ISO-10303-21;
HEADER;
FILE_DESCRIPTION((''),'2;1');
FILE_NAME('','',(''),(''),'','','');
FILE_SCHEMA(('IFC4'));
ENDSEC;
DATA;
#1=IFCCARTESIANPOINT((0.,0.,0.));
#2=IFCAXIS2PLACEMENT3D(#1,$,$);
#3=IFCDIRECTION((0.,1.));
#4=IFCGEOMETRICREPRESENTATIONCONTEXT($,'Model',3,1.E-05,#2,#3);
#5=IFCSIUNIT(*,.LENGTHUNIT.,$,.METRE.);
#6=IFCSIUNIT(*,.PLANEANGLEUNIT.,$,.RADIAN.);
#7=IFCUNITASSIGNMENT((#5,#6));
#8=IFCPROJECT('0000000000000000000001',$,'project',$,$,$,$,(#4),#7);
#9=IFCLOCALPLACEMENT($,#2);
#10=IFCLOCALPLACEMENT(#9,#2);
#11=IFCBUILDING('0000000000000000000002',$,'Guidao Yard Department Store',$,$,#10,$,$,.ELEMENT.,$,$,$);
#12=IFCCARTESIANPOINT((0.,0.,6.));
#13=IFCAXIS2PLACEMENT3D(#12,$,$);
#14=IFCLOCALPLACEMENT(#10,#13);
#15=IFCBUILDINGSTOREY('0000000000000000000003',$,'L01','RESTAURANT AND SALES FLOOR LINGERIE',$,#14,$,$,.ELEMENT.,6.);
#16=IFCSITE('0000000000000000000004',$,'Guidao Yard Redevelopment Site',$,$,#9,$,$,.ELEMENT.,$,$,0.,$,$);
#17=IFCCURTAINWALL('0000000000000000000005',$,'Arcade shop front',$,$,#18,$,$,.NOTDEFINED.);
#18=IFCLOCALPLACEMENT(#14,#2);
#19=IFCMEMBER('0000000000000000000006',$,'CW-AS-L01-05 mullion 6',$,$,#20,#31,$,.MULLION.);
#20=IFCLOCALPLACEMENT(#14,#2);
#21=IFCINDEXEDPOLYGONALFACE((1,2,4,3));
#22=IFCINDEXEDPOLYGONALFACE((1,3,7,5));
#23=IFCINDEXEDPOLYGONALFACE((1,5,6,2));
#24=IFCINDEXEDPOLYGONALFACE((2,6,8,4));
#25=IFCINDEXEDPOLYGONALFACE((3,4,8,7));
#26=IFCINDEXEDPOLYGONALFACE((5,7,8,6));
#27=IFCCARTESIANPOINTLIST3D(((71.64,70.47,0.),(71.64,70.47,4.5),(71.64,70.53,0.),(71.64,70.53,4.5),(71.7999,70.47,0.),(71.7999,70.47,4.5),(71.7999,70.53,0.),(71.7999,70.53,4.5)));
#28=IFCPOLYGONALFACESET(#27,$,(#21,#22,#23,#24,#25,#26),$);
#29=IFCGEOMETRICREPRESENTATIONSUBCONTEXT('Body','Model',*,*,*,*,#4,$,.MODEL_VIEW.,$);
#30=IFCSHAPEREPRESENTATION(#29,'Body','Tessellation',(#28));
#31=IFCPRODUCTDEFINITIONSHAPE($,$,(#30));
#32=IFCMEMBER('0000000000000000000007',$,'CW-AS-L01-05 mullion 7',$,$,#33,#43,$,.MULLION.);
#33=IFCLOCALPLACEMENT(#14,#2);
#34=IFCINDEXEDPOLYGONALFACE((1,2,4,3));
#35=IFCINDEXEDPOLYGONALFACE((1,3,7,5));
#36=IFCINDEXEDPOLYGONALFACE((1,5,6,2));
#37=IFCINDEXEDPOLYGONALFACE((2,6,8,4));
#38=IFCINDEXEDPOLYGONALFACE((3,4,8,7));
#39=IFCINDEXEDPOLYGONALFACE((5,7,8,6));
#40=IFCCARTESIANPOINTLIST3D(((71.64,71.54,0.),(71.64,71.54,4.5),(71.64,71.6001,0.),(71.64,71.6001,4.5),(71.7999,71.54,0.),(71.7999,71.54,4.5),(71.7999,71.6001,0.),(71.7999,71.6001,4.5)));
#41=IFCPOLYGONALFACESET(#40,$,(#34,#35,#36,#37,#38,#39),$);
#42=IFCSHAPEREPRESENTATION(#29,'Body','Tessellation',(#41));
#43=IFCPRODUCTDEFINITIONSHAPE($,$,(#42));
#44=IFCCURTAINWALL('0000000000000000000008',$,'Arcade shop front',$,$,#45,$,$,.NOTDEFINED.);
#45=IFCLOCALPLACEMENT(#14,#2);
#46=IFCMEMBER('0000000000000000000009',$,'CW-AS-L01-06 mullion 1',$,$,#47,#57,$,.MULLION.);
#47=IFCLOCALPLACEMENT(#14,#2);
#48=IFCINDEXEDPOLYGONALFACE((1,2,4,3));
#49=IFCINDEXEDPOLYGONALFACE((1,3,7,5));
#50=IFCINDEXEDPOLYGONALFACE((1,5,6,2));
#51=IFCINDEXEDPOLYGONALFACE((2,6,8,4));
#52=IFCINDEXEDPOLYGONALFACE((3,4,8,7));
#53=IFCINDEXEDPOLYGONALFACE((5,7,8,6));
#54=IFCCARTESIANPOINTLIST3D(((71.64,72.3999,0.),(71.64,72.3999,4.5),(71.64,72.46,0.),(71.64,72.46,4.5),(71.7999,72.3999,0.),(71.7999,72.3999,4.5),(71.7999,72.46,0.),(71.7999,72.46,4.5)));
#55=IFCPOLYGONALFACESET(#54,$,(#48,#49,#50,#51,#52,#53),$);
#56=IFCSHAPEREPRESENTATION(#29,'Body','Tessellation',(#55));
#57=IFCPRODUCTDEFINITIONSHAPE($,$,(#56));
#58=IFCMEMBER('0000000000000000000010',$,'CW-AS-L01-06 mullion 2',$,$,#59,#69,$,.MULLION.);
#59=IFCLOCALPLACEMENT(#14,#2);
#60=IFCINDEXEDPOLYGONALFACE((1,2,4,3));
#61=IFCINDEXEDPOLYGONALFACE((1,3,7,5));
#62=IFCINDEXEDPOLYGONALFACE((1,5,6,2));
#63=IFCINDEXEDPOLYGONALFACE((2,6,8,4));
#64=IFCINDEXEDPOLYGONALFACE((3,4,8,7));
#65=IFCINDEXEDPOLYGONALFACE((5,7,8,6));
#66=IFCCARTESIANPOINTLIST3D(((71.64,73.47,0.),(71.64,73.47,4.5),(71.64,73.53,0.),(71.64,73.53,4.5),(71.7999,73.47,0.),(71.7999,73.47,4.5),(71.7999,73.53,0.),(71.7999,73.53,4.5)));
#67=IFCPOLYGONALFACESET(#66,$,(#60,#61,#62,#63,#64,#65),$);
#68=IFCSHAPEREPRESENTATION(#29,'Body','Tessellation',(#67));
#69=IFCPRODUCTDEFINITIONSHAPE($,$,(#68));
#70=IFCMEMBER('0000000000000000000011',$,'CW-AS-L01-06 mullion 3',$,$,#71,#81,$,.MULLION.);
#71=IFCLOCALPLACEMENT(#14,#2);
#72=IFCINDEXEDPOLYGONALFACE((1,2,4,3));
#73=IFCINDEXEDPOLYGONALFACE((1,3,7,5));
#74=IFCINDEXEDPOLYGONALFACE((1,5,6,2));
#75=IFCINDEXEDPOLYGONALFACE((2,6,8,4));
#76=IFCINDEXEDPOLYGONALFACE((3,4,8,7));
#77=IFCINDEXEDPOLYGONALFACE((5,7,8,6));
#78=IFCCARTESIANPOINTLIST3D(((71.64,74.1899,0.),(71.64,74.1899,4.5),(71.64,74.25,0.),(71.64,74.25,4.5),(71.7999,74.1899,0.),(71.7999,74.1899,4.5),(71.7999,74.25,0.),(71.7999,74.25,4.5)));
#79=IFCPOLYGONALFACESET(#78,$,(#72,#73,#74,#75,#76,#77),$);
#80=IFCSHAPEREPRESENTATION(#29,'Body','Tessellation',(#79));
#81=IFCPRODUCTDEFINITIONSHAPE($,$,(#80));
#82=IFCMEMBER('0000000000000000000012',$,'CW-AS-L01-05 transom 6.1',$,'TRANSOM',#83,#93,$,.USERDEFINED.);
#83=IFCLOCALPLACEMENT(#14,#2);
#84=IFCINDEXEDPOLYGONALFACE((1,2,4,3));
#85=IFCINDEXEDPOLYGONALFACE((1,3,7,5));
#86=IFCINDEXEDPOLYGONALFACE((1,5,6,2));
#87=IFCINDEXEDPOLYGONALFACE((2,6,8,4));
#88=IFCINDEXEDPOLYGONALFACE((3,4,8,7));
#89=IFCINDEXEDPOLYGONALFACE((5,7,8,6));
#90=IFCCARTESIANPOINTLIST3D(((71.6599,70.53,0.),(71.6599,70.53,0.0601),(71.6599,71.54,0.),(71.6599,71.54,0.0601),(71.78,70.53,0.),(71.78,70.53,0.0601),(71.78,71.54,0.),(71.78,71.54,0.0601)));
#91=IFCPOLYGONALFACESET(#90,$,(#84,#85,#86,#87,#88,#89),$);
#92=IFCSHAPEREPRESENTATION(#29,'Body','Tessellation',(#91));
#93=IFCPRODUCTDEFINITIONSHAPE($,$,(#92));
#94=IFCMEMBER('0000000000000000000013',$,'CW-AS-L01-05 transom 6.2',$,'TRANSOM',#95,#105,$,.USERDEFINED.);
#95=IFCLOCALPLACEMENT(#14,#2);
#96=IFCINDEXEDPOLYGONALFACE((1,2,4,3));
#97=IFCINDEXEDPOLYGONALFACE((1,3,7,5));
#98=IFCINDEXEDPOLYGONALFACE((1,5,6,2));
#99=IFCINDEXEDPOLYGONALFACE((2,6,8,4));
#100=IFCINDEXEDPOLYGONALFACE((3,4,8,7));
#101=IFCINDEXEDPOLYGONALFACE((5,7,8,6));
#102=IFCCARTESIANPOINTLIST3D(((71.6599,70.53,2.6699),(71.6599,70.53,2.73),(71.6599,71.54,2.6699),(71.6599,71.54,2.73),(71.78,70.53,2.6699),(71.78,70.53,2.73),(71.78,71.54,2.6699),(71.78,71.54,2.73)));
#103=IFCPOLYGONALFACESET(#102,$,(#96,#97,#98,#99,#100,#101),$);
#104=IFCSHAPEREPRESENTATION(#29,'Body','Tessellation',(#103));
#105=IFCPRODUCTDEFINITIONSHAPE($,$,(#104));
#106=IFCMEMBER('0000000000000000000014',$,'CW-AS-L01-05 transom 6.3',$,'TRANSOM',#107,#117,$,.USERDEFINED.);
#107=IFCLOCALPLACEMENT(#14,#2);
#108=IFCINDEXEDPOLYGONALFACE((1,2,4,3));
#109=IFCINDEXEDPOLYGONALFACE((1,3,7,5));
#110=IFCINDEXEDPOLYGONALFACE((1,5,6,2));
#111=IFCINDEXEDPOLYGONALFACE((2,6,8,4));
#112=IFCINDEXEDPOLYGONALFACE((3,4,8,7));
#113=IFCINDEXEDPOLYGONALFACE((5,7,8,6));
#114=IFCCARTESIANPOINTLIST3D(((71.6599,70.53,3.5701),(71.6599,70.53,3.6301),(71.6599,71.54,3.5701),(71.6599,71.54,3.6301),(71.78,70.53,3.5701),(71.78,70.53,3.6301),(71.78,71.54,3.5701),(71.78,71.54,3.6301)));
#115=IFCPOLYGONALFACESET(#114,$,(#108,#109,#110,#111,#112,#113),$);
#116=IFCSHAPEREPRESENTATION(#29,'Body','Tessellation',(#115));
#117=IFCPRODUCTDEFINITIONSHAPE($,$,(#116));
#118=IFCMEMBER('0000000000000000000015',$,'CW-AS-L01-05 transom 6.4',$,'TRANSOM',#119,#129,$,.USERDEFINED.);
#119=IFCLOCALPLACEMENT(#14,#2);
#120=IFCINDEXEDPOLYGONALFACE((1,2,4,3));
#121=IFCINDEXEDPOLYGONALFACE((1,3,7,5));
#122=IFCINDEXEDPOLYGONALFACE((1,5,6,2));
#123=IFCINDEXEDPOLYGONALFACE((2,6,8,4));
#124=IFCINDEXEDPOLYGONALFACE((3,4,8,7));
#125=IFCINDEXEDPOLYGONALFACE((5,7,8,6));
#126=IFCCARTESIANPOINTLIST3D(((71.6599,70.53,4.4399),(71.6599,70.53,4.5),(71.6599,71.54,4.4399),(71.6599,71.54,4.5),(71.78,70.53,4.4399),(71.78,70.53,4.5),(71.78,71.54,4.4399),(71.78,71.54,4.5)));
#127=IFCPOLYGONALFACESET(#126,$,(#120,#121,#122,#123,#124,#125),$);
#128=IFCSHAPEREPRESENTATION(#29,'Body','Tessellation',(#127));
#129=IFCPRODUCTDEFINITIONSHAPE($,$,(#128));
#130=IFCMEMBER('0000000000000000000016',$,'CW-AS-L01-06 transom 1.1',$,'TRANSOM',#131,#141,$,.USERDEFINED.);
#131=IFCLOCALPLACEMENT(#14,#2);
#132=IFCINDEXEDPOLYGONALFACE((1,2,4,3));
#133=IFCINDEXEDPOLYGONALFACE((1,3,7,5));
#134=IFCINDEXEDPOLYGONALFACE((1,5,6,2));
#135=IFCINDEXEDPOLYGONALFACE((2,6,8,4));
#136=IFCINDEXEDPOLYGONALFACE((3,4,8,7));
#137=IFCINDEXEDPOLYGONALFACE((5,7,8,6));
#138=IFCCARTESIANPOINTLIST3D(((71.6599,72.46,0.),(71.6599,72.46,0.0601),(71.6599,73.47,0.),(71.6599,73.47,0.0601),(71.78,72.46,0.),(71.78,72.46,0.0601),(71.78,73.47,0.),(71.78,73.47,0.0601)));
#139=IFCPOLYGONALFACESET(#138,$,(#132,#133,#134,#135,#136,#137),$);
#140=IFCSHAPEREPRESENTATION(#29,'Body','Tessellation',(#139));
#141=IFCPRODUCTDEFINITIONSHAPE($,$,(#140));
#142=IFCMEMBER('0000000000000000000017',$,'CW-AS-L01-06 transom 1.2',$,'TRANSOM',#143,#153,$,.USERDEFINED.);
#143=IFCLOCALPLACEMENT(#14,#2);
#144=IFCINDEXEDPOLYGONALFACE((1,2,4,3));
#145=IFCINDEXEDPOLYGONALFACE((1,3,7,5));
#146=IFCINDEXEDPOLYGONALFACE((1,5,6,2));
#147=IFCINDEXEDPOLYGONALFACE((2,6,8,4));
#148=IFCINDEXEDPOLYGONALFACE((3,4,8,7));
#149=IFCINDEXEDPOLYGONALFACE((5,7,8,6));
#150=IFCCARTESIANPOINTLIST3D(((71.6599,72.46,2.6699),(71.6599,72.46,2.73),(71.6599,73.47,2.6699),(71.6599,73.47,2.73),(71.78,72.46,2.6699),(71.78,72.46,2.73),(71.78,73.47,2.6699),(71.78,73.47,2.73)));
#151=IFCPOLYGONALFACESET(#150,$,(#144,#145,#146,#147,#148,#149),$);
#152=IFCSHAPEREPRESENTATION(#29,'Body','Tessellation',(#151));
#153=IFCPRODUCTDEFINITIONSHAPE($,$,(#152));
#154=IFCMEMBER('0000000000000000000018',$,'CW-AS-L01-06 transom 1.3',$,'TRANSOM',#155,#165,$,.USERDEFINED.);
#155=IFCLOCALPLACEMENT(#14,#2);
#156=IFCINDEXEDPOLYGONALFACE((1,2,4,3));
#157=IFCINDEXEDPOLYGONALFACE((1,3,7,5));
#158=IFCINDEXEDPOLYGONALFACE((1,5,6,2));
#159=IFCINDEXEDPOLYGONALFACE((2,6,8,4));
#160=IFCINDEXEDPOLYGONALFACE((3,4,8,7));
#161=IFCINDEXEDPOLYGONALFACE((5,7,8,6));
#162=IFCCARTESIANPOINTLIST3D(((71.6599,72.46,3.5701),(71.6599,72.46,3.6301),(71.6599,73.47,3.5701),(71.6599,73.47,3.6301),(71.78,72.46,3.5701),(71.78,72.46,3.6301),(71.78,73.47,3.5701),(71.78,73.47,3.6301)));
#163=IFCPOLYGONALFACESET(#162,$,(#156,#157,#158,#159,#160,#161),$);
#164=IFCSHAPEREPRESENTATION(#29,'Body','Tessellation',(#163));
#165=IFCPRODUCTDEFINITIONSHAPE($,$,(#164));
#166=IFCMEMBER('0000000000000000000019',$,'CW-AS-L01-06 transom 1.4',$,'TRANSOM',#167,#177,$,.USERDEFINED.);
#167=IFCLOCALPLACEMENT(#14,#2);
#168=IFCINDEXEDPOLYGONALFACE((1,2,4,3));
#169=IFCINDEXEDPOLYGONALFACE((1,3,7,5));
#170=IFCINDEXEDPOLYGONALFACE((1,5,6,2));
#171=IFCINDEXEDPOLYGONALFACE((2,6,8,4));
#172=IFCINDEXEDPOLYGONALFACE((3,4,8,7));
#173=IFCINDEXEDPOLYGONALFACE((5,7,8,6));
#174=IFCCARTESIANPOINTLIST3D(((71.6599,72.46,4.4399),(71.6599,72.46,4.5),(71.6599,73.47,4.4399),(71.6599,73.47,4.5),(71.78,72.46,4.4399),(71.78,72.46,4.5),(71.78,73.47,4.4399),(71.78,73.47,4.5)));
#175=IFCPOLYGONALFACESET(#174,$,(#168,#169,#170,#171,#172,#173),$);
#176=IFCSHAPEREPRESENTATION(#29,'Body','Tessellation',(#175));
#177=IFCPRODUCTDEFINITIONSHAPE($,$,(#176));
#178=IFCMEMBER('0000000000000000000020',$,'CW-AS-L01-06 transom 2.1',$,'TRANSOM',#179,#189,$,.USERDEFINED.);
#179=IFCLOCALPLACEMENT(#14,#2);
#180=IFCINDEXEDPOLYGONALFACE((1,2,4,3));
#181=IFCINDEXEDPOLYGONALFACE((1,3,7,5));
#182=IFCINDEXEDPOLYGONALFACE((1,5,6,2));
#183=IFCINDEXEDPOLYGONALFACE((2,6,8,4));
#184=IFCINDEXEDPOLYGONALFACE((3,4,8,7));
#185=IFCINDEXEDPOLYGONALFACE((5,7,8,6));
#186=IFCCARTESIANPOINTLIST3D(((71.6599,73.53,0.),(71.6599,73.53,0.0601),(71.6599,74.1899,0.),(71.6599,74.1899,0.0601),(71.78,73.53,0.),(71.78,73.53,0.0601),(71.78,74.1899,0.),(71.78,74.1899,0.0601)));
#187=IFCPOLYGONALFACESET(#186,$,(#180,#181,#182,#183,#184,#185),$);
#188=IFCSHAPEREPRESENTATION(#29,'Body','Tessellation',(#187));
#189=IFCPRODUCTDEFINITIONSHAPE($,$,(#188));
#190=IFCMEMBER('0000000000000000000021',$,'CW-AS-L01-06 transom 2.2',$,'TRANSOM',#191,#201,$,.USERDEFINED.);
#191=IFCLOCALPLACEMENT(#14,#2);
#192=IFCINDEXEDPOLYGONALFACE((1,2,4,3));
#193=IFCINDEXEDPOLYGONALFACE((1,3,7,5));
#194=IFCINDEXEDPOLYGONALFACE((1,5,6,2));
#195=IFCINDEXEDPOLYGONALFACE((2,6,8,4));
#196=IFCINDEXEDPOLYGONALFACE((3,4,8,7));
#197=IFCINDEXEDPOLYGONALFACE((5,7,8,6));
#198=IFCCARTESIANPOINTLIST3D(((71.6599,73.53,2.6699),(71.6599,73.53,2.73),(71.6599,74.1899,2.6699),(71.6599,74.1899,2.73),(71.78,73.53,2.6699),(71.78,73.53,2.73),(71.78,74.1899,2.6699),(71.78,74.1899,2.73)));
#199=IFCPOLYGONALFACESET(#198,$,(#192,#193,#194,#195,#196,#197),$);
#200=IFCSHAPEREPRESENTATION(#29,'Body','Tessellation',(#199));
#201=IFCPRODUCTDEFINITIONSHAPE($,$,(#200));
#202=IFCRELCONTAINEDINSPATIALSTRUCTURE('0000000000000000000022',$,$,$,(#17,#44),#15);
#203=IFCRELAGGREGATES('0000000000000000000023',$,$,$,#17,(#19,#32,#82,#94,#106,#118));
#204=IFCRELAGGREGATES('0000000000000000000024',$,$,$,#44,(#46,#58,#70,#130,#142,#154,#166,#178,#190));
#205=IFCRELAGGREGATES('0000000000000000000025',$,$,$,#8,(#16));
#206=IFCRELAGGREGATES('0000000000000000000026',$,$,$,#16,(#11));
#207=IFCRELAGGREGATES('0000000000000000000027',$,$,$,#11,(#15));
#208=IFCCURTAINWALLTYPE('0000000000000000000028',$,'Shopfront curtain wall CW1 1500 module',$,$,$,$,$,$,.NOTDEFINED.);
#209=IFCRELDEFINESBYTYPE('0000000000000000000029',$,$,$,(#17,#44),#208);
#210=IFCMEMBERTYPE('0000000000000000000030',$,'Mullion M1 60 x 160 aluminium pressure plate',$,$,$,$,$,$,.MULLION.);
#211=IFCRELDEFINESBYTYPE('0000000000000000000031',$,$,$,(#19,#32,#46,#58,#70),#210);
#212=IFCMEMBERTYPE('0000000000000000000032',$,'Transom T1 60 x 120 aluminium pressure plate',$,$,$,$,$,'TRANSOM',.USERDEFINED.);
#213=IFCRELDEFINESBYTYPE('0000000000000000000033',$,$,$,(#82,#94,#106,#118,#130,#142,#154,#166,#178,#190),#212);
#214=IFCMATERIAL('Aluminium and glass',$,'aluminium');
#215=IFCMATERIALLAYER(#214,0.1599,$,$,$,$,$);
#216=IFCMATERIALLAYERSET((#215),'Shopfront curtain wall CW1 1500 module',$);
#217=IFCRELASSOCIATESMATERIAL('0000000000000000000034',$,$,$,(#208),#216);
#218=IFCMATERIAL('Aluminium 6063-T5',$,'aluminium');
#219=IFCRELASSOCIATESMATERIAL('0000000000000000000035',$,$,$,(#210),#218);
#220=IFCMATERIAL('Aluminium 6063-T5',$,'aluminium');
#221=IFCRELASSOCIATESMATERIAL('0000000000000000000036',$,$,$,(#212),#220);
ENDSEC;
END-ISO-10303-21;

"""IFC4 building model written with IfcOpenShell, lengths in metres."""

from ifc_helpers import new_model, si_unit, direction, frame, origin, origin_2d, place, context, subcontext, project, spatial, rectangle, extrude, material, layer, layer_set, material_profile, profile_set, type_object, element, aggregate, save


model = new_model("IFC4")

# Units and contexts
model_context = context("Model", 3, precision=1e-05, world=origin(), true_north=direction((0.0, 1.0)))
body_context = subcontext(model_context, "Body", "Model", "MODEL_VIEW")
ifc_project = project(units=[si_unit("LENGTHUNIT", "METRE"), si_unit("PLANEANGLEUNIT", "RADIAN")], contexts=[model_context])

# Site, building, storey
site_placement = place(None, origin())
site = spatial("IfcSite", under=ifc_project, at=site_placement, Name="Guidao Yard Redevelopment Site", CompositionType="ELEMENT", RefElevation=0.0)
building_placement = place(site_placement, origin())
building = spatial("IfcBuilding", under=site, at=building_placement, Name="Guidao Yard Department Store", CompositionType="ELEMENT")
storey_placement = place(building_placement, frame((0.0, 0.0, 6.0)))
storey = spatial("IfcBuildingStorey", under=building, at=storey_placement, Name="L01", Description="RESTAURANT AND SALES FLOOR LINGERIE", CompositionType="ELEMENT", Elevation=6.0)

# Curtain walls, members
ifc_material_1 = material(Name="Aluminium and glass", Category="aluminium")
ifc_layer_1 = layer(ifc_material_1, 0.1599)
ifc_layer_set_1 = layer_set([ifc_layer_1], Name="Shopfront curtain wall CW1 1500 module")
curtain_wall_type = type_object("IfcCurtainWallType", Name="Shopfront curtain wall CW1 1500 module", PredefinedType="NOTDEFINED", material=ifc_layer_set_1)
curtain_wall_1_placement = place(storey_placement, origin())
curtain_wall_1 = element("IfcCurtainWall", 1, at=curtain_wall_1_placement, inside=storey, type_object=curtain_wall_type, Name="Arcade shop front", PredefinedType="NOTDEFINED")
ifc_material_2 = material(Name="Aluminium 6063-T5", Category="aluminium")
ifc_material_profile_1 = material_profile(ifc_material_2, rectangle(XDim=0.0601, YDim=0.1599, at=origin_2d()), Name="Mullion M1 60 x 160 aluminium pressure plate")
ifc_profile_set_1 = profile_set([ifc_material_profile_1], Name="Aluminium 6063-T5")
member_type_1 = type_object("IfcMemberType", Name="Mullion M1 60 x 160 aluminium pressure plate", PredefinedType="MULLION", material=ifc_profile_set_1)
member_1_placement = place(storey_placement, frame((71.72, 70.5, 0.0), z_axis=(0.0, 0.0, 1.0), x_axis=(0.0, 1.0, 0.0)))
member_1 = element("IfcMember", 2, at=member_1_placement, type_object=member_type_1, Name="CW-AS-L01-05 mullion 6", PredefinedType="MULLION", context=body_context, shape_type="SweptSolid", body=[
    extrude(rectangle(XDim=0.0601, YDim=0.1599, at=origin_2d()), origin(), (0.0, 0.0, 1.0), 4.5),
])
member_2_placement = place(storey_placement, frame((71.72, 71.5701, 0.0), z_axis=(0.0, 0.0, 1.0), x_axis=(0.0, 1.0, 0.0)))
member_2 = element("IfcMember", 3, at=member_2_placement, type_object=member_type_1, Name="CW-AS-L01-05 mullion 7", PredefinedType="MULLION", context=body_context, shape_type="SweptSolid", body=[
    extrude(rectangle(XDim=0.0601, YDim=0.1599, at=origin_2d()), origin(), (0.0, 0.0, 1.0), 4.5),
])
curtain_wall_2_placement = place(storey_placement, origin())
curtain_wall_2 = element("IfcCurtainWall", 4, at=curtain_wall_2_placement, inside=storey, type_object=curtain_wall_type, Name="Arcade shop front", PredefinedType="NOTDEFINED")
member_3_placement = place(storey_placement, frame((71.72, 72.4299, 0.0), z_axis=(0.0, 0.0, 1.0), x_axis=(0.0, 1.0, 0.0)))
member_3 = element("IfcMember", 5, at=member_3_placement, type_object=member_type_1, Name="CW-AS-L01-06 mullion 1", PredefinedType="MULLION", context=body_context, shape_type="SweptSolid", body=[
    extrude(rectangle(XDim=0.0601, YDim=0.1599, at=origin_2d()), origin(), (0.0, 0.0, 1.0), 4.5),
])
member_4_placement = place(storey_placement, frame((71.72, 73.5, 0.0), z_axis=(0.0, 0.0, 1.0), x_axis=(0.0, 1.0, 0.0)))
member_4 = element("IfcMember", 6, at=member_4_placement, type_object=member_type_1, Name="CW-AS-L01-06 mullion 2", PredefinedType="MULLION", context=body_context, shape_type="SweptSolid", body=[
    extrude(rectangle(XDim=0.0601, YDim=0.1599, at=origin_2d()), origin(), (0.0, 0.0, 1.0), 4.5),
])
member_5_placement = place(storey_placement, frame((71.72, 74.22, 0.0), z_axis=(0.0, 0.0, 1.0), x_axis=(0.0, 1.0, 0.0)))
member_5 = element("IfcMember", 7, at=member_5_placement, type_object=member_type_1, Name="CW-AS-L01-06 mullion 3", PredefinedType="MULLION", context=body_context, shape_type="SweptSolid", body=[
    extrude(rectangle(XDim=0.0601, YDim=0.1599, at=origin_2d()), origin(), (0.0, 0.0, 1.0), 4.5),
])

# Members
ifc_material_3 = material(Name="Aluminium 6063-T5", Category="aluminium")
ifc_material_profile_2 = material_profile(ifc_material_3, rectangle(XDim=0.1201, YDim=0.0601, at=origin_2d()), Name="Transom T1 60 x 120 aluminium pressure plate")
ifc_profile_set_2 = profile_set([ifc_material_profile_2], Name="Aluminium 6063-T5")
member_type_2 = type_object("IfcMemberType", Name="Transom T1 60 x 120 aluminium pressure plate", ElementType="TRANSOM", PredefinedType="USERDEFINED", material=ifc_profile_set_2)
member_6_placement = place(storey_placement, frame((71.72, 70.53, 0.03), z_axis=(0.0, 1.0, 0.0), x_axis=(-1.0, 0.0, 0.0)))
member_6 = element("IfcMember", 8, at=member_6_placement, type_object=member_type_2, Name="CW-AS-L01-05 transom 6.1", ObjectType="TRANSOM", PredefinedType="USERDEFINED", context=body_context, shape_type="SweptSolid", body=[
    extrude(rectangle(XDim=0.1201, YDim=0.0601, at=origin_2d()), origin(), (0.0, 0.0, 1.0), 1.01),
])
member_7_placement = place(storey_placement, frame((71.72, 70.53, 2.7), z_axis=(0.0, 1.0, 0.0), x_axis=(-1.0, 0.0, 0.0)))
member_7 = element("IfcMember", 9, at=member_7_placement, type_object=member_type_2, Name="CW-AS-L01-05 transom 6.2", ObjectType="TRANSOM", PredefinedType="USERDEFINED", context=body_context, shape_type="SweptSolid", body=[
    extrude(rectangle(XDim=0.1201, YDim=0.0601, at=origin_2d()), origin(), (0.0, 0.0, 1.0), 1.01),
])
member_8_placement = place(storey_placement, frame((71.72, 70.53, 3.6001), z_axis=(0.0, 1.0, 0.0), x_axis=(-1.0, 0.0, 0.0)))
member_8 = element("IfcMember", 10, at=member_8_placement, type_object=member_type_2, Name="CW-AS-L01-05 transom 6.3", ObjectType="TRANSOM", PredefinedType="USERDEFINED", context=body_context, shape_type="SweptSolid", body=[
    extrude(rectangle(XDim=0.1201, YDim=0.0601, at=origin_2d()), origin(), (0.0, 0.0, 1.0), 1.01),
])
member_9_placement = place(storey_placement, frame((71.72, 70.53, 4.47), z_axis=(0.0, 1.0, 0.0), x_axis=(-1.0, 0.0, 0.0)))
member_9 = element("IfcMember", 11, at=member_9_placement, type_object=member_type_2, Name="CW-AS-L01-05 transom 6.4", ObjectType="TRANSOM", PredefinedType="USERDEFINED", context=body_context, shape_type="SweptSolid", body=[
    extrude(rectangle(XDim=0.1201, YDim=0.0601, at=origin_2d()), origin(), (0.0, 0.0, 1.0), 1.01),
])
member_10_placement = place(storey_placement, frame((71.72, 72.46, 0.03), z_axis=(0.0, 1.0, 0.0), x_axis=(-1.0, 0.0, 0.0)))
member_10 = element("IfcMember", 12, at=member_10_placement, type_object=member_type_2, Name="CW-AS-L01-06 transom 1.1", ObjectType="TRANSOM", PredefinedType="USERDEFINED", context=body_context, shape_type="SweptSolid", body=[
    extrude(rectangle(XDim=0.1201, YDim=0.0601, at=origin_2d()), origin(), (0.0, 0.0, 1.0), 1.01),
])
member_11_placement = place(storey_placement, frame((71.72, 72.46, 2.7), z_axis=(0.0, 1.0, 0.0), x_axis=(-1.0, 0.0, 0.0)))
member_11 = element("IfcMember", 13, at=member_11_placement, type_object=member_type_2, Name="CW-AS-L01-06 transom 1.2", ObjectType="TRANSOM", PredefinedType="USERDEFINED", context=body_context, shape_type="SweptSolid", body=[
    extrude(rectangle(XDim=0.1201, YDim=0.0601, at=origin_2d()), origin(), (0.0, 0.0, 1.0), 1.01),
])
member_12_placement = place(storey_placement, frame((71.72, 72.46, 3.6001), z_axis=(0.0, 1.0, 0.0), x_axis=(-1.0, 0.0, 0.0)))
member_12 = element("IfcMember", 14, at=member_12_placement, type_object=member_type_2, Name="CW-AS-L01-06 transom 1.3", ObjectType="TRANSOM", PredefinedType="USERDEFINED", context=body_context, shape_type="SweptSolid", body=[
    extrude(rectangle(XDim=0.1201, YDim=0.0601, at=origin_2d()), origin(), (0.0, 0.0, 1.0), 1.01),
])
member_13_placement = place(storey_placement, frame((71.72, 72.46, 4.47), z_axis=(0.0, 1.0, 0.0), x_axis=(-1.0, 0.0, 0.0)))
member_13 = element("IfcMember", 15, at=member_13_placement, type_object=member_type_2, Name="CW-AS-L01-06 transom 1.4", ObjectType="TRANSOM", PredefinedType="USERDEFINED", context=body_context, shape_type="SweptSolid", body=[
    extrude(rectangle(XDim=0.1201, YDim=0.0601, at=origin_2d()), origin(), (0.0, 0.0, 1.0), 1.01),
])
member_14_placement = place(storey_placement, frame((71.72, 73.53, 0.03), z_axis=(0.0, 1.0, 0.0), x_axis=(-1.0, 0.0, 0.0)))
member_14 = element("IfcMember", 16, at=member_14_placement, type_object=member_type_2, Name="CW-AS-L01-06 transom 2.1", ObjectType="TRANSOM", PredefinedType="USERDEFINED", context=body_context, shape_type="SweptSolid", body=[
    extrude(rectangle(XDim=0.1201, YDim=0.0601, at=origin_2d()), origin(), (0.0, 0.0, 1.0), 0.6599),
])
member_15_placement = place(storey_placement, frame((71.72, 73.53, 2.7), z_axis=(0.0, 1.0, 0.0), x_axis=(-1.0, 0.0, 0.0)))
member_15 = element("IfcMember", 17, at=member_15_placement, type_object=member_type_2, Name="CW-AS-L01-06 transom 2.2", ObjectType="TRANSOM", PredefinedType="USERDEFINED", context=body_context, shape_type="SweptSolid", body=[
    extrude(rectangle(XDim=0.1201, YDim=0.0601, at=origin_2d()), origin(), (0.0, 0.0, 1.0), 0.6599),
])

aggregate(curtain_wall_1, [member_1, member_2, member_6, member_7, member_8, member_9])
aggregate(curtain_wall_2, [member_3, member_4, member_5, member_10, member_11, member_12, member_13, member_14, member_15])

save(model, "model.ifc")
